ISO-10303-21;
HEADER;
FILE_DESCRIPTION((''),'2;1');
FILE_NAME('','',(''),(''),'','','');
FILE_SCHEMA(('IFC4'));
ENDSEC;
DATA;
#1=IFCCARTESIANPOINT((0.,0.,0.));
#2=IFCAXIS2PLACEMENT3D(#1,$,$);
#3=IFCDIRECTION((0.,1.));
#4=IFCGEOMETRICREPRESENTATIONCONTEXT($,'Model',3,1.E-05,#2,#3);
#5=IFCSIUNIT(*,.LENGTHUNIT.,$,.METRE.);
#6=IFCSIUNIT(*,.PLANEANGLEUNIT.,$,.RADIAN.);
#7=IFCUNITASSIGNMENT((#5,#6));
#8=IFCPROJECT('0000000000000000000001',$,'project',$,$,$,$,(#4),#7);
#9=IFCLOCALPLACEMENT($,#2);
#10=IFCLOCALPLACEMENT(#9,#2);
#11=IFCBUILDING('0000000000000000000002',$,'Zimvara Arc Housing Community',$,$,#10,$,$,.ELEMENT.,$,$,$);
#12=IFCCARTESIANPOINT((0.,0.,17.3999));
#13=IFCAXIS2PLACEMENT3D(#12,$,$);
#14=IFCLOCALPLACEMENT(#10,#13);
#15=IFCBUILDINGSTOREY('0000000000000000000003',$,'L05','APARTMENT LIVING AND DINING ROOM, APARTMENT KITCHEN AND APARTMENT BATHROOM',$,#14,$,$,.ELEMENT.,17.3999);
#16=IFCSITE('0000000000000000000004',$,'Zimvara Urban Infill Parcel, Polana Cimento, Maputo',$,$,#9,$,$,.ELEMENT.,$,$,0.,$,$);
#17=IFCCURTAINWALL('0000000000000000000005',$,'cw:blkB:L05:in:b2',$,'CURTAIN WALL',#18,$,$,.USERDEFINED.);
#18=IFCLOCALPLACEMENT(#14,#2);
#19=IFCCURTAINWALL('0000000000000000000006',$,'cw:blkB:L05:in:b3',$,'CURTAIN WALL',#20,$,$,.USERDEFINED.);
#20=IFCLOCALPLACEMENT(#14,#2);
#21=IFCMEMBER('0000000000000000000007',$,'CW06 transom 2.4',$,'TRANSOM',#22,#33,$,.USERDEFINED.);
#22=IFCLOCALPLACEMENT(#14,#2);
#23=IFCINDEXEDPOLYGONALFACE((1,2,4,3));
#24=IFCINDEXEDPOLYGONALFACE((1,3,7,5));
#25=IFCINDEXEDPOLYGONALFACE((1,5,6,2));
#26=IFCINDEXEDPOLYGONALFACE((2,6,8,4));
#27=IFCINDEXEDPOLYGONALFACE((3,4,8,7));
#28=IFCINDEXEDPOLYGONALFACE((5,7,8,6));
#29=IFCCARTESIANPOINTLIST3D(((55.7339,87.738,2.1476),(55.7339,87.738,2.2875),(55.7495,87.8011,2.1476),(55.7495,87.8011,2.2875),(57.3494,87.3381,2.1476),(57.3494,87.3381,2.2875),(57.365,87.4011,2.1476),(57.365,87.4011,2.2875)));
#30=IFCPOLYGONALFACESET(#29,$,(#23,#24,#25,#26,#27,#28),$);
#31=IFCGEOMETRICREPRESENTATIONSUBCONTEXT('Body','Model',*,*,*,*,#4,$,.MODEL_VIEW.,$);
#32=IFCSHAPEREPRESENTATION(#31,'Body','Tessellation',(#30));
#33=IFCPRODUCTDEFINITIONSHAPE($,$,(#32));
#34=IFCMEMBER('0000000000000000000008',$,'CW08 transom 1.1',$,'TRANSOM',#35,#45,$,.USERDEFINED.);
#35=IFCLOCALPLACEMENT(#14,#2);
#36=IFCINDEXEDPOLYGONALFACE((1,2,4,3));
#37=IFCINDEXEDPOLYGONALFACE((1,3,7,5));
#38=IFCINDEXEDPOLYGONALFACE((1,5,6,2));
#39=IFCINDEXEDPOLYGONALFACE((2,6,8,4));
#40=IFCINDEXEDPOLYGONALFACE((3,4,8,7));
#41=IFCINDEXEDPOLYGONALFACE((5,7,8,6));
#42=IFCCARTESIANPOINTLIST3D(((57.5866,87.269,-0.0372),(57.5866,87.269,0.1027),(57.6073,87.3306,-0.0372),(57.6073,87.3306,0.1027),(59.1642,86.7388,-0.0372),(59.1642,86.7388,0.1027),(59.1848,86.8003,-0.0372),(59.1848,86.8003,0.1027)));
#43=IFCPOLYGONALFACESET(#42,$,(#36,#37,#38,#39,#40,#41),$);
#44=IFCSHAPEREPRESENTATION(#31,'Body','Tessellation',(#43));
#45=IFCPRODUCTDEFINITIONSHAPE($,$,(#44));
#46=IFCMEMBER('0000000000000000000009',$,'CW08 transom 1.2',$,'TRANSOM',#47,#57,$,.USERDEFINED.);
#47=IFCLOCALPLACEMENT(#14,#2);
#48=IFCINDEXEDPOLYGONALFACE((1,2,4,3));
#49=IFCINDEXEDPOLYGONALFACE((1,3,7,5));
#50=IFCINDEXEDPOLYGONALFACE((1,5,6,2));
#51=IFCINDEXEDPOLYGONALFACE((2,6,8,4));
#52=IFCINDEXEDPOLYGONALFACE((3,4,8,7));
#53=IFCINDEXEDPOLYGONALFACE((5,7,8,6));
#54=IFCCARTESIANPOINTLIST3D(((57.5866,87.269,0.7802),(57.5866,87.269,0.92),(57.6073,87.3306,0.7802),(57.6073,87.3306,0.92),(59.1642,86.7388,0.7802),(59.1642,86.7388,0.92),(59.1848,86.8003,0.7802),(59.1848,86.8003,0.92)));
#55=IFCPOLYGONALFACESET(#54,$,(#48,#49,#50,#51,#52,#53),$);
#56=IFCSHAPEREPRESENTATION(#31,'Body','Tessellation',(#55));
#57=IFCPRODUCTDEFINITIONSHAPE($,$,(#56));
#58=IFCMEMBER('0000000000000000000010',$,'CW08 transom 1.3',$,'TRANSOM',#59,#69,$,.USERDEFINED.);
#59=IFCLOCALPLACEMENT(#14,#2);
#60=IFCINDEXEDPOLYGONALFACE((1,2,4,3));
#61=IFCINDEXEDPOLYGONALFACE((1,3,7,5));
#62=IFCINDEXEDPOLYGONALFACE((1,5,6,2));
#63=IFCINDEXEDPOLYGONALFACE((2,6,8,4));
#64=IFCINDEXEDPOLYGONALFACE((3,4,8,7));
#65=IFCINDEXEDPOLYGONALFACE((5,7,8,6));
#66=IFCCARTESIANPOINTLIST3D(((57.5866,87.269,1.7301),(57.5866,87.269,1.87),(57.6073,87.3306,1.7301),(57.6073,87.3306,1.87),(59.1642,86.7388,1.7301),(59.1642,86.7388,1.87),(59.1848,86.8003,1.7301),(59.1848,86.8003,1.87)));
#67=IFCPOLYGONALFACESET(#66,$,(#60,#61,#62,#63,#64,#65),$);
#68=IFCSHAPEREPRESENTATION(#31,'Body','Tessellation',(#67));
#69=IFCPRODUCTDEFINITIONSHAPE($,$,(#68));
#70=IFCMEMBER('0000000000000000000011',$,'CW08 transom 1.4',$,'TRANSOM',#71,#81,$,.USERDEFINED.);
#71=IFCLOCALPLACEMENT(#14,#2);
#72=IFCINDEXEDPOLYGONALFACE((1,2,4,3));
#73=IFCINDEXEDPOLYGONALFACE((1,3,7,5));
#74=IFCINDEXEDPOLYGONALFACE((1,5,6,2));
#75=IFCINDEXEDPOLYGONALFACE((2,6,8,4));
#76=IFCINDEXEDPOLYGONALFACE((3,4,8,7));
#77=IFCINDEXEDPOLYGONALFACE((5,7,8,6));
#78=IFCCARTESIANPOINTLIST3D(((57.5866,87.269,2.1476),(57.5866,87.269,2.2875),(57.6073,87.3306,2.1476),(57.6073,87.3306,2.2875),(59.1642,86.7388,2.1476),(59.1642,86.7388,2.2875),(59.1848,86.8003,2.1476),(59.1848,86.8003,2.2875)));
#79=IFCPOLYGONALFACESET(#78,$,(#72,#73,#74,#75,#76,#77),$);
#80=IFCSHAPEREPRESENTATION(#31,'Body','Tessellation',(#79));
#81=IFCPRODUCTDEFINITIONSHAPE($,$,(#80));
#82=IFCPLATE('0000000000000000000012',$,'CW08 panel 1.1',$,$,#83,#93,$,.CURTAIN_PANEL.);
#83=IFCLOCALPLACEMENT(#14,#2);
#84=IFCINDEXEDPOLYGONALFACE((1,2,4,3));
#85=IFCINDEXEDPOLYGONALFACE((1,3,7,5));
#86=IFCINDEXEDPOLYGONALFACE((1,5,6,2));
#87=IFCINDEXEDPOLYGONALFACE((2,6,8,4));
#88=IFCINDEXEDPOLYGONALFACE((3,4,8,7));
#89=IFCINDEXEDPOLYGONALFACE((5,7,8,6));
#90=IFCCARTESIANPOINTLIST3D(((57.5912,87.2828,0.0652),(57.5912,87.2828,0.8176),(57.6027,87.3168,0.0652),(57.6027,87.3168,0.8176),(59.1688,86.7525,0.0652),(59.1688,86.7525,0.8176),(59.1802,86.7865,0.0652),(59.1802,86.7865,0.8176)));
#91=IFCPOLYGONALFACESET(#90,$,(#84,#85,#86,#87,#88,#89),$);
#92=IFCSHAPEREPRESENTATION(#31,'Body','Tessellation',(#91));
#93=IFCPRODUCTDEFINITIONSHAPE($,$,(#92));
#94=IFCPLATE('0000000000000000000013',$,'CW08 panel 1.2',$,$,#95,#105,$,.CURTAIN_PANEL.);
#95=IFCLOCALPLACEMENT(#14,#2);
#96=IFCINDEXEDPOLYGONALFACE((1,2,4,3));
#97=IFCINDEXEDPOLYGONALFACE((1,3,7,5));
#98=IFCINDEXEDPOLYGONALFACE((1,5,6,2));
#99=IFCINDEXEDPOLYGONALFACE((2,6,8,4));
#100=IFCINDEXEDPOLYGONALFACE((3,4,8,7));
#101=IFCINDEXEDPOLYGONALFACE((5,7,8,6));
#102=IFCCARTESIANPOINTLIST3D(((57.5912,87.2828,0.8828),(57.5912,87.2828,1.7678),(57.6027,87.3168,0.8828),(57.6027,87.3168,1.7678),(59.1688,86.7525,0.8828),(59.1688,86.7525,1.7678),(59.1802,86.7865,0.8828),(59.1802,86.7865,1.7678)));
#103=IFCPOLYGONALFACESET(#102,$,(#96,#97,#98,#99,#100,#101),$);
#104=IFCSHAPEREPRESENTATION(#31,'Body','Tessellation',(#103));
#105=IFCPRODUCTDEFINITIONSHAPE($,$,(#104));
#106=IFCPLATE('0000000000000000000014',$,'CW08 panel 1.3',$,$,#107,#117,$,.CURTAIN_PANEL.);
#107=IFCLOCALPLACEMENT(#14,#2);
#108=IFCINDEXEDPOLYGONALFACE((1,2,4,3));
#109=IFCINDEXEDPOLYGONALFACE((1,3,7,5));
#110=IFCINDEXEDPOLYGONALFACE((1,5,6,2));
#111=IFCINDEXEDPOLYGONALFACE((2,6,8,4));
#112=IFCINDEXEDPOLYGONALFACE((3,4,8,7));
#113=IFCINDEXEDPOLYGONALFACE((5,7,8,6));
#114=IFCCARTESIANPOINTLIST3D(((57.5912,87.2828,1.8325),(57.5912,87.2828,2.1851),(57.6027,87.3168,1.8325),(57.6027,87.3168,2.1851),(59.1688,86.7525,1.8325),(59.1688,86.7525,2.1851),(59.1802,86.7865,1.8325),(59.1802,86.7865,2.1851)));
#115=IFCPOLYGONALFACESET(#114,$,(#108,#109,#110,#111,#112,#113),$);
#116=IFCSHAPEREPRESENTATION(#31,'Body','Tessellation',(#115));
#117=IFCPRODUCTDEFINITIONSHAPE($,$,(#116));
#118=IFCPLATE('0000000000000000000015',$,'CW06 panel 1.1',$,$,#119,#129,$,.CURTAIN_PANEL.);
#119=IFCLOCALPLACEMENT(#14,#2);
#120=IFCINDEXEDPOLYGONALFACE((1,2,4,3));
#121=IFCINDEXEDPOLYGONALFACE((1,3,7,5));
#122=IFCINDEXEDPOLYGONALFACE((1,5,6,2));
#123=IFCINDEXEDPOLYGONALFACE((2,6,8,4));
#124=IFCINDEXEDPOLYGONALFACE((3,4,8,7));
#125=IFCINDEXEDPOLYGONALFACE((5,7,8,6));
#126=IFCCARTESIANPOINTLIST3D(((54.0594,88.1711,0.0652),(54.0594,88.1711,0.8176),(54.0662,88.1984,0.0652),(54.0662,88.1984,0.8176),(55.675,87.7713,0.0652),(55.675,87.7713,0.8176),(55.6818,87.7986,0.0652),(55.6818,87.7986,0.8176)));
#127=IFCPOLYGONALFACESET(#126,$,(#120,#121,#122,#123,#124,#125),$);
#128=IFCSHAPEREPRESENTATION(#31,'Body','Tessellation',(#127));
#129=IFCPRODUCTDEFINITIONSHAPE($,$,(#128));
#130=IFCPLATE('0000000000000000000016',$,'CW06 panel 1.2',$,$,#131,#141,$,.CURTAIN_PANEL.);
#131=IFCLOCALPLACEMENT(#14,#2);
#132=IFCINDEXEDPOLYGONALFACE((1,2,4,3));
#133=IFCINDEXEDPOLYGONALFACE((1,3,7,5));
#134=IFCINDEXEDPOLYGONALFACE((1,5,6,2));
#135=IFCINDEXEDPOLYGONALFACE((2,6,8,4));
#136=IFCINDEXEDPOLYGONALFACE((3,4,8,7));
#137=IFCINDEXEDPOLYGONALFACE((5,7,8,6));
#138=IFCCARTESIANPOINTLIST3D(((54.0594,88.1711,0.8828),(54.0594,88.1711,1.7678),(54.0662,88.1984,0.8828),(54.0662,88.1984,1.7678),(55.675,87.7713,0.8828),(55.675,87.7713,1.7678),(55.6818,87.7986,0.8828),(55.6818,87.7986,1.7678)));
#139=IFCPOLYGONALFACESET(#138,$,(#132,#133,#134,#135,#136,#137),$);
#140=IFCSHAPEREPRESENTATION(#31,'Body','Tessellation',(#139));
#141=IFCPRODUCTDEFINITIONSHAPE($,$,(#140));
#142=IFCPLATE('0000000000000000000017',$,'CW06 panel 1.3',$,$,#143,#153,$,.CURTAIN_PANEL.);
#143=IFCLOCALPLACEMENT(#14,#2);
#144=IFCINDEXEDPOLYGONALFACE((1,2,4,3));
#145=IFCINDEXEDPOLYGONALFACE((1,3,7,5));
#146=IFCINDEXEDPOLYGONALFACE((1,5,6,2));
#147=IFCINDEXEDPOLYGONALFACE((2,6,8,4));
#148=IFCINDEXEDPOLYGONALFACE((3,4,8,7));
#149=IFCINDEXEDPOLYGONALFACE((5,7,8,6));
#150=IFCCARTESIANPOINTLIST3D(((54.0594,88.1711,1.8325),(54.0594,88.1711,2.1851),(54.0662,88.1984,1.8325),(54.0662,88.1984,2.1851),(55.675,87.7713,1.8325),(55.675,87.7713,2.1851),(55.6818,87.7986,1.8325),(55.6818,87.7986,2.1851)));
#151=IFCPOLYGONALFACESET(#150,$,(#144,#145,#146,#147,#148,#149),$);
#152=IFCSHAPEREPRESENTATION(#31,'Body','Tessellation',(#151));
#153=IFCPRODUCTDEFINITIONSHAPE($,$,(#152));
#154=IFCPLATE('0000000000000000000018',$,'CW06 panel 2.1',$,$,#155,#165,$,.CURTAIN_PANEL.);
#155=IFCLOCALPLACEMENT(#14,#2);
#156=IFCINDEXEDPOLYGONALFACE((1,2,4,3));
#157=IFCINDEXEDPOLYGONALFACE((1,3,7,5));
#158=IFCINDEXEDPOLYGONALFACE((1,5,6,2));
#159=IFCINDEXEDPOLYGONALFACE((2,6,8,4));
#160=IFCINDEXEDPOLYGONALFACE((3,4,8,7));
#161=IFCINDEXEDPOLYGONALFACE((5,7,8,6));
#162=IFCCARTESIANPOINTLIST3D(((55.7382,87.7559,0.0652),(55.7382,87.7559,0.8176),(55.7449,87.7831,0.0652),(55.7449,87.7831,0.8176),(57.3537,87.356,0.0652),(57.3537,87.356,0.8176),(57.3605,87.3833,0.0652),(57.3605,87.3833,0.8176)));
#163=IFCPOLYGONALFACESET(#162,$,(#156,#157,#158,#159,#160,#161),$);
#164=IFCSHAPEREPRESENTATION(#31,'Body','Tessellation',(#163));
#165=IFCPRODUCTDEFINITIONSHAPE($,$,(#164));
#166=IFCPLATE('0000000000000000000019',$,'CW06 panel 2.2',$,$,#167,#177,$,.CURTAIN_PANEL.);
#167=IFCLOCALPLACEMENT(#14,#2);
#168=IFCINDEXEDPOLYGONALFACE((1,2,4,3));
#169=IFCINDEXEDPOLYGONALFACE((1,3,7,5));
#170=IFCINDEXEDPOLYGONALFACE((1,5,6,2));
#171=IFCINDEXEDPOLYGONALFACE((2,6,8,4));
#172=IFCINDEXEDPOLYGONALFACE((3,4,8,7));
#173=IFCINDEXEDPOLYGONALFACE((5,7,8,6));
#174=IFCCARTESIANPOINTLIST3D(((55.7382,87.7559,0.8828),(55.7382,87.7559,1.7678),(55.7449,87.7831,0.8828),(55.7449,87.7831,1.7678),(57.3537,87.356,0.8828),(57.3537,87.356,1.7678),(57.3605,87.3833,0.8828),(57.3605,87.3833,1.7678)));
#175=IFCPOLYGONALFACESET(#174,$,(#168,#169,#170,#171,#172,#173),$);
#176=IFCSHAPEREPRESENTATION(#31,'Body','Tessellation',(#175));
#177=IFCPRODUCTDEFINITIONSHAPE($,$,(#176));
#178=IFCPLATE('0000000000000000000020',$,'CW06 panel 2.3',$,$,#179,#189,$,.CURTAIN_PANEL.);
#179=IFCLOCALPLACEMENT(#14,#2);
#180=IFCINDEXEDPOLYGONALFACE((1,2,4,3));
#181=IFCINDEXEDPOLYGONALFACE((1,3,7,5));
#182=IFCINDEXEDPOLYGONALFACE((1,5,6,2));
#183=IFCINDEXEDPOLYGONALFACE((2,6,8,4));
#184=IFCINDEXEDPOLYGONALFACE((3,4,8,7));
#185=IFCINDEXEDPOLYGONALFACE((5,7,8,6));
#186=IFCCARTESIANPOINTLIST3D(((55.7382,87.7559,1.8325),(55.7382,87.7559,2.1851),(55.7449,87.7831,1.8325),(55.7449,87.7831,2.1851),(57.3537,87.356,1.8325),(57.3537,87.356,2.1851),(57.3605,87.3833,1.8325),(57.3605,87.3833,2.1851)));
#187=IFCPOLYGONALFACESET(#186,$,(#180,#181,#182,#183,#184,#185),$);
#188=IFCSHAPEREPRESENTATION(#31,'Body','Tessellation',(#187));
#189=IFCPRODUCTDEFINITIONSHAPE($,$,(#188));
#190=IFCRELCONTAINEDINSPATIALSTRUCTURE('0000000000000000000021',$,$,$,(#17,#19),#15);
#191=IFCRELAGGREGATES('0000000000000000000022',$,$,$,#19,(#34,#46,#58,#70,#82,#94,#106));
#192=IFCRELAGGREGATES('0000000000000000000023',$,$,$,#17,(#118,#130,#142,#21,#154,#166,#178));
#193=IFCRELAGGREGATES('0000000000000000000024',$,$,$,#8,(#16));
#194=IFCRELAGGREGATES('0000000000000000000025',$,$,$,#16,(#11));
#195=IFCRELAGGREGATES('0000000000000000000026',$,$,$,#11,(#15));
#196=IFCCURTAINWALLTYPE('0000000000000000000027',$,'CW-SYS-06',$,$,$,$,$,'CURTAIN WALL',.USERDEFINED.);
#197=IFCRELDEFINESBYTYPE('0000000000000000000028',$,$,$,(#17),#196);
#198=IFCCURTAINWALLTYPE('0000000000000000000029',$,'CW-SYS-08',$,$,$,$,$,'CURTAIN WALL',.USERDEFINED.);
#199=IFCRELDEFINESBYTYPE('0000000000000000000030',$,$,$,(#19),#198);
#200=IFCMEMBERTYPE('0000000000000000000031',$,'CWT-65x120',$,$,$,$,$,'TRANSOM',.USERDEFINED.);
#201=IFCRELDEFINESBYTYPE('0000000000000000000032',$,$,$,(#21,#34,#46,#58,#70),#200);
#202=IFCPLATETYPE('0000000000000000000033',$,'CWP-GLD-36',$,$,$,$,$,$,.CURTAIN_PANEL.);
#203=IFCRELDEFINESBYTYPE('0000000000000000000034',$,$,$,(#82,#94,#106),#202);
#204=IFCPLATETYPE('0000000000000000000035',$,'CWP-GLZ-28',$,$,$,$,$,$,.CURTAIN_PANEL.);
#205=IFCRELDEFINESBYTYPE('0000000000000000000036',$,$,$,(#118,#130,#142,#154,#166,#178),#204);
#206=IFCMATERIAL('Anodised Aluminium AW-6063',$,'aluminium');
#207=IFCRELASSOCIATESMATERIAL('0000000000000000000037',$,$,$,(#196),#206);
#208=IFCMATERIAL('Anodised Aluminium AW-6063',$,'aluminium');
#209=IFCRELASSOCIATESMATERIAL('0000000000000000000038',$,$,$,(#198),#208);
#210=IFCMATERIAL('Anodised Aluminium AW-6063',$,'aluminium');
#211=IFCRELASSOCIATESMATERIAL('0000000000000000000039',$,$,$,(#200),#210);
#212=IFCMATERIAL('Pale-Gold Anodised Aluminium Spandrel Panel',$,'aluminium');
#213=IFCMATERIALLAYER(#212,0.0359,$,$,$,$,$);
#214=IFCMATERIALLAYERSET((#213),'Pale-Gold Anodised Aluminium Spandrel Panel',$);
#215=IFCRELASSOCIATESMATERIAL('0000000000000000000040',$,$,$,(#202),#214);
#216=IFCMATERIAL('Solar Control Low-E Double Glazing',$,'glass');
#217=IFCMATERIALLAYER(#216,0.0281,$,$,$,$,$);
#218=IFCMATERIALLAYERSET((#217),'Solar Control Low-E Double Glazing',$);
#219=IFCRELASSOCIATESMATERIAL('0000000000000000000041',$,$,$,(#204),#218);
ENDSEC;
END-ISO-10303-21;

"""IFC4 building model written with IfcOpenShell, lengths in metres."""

from ifc_helpers import new_model, si_unit, direction, frame, origin, origin_2d, place, context, subcontext, project, spatial, rectangle, extrude, material, layer, layer_set, material_profile, profile_set, type_object, element, aggregate, save


model = new_model("IFC4")

# Units and contexts
model_context = context("Model", 3, precision=1e-05, world=origin(), true_north=direction((0.0, 1.0)))
body_context = subcontext(model_context, "Body", "Model", "MODEL_VIEW")
ifc_project = project(units=[si_unit("LENGTHUNIT", "METRE"), si_unit("PLANEANGLEUNIT", "RADIAN")], contexts=[model_context])

# Site, building, storey
site_placement = place(None, origin())
site = spatial("IfcSite", under=ifc_project, at=site_placement, Name="Zimvara Urban Infill Parcel, Polana Cimento, Maputo", CompositionType="ELEMENT", RefElevation=0.0)
building_placement = place(site_placement, origin())
building = spatial("IfcBuilding", under=site, at=building_placement, Name="Zimvara Arc Housing Community", CompositionType="ELEMENT")
storey_placement = place(building_placement, frame((0.0, 0.0, 17.3999)))
storey = spatial("IfcBuildingStorey", under=building, at=storey_placement, Name="L05", Description="APARTMENT LIVING AND DINING ROOM, APARTMENT KITCHEN AND APARTMENT BATHROOM", CompositionType="ELEMENT", Elevation=17.3999)

# Curtain wall
ifc_material_1 = material(Name="Anodised Aluminium AW-6063", Category="aluminium")
curtain_wall_type_1 = type_object("IfcCurtainWallType", Name="CW-SYS-06", ElementType="CURTAIN WALL", PredefinedType="USERDEFINED", material=ifc_material_1)
curtain_wall_1_placement = place(storey_placement, origin())
curtain_wall_1 = element("IfcCurtainWall", 1, at=curtain_wall_1_placement, inside=storey, type_object=curtain_wall_type_1, Name="cw:blkB:L05:in:b2", ObjectType="CURTAIN WALL", PredefinedType="USERDEFINED")

# Curtain wall
ifc_material_2 = material(Name="Anodised Aluminium AW-6063", Category="aluminium")
curtain_wall_type_2 = type_object("IfcCurtainWallType", Name="CW-SYS-08", ElementType="CURTAIN WALL", PredefinedType="USERDEFINED", material=ifc_material_2)
curtain_wall_2_placement = place(storey_placement, origin())
curtain_wall_2 = element("IfcCurtainWall", 2, at=curtain_wall_2_placement, inside=storey, type_object=curtain_wall_type_2, Name="cw:blkB:L05:in:b3", ObjectType="CURTAIN WALL", PredefinedType="USERDEFINED")

# Members
ifc_material_3 = material(Name="Anodised Aluminium AW-6063", Category="aluminium")
ifc_material_profile_1 = material_profile(ifc_material_3, rectangle(XDim=0.0649, YDim=0.1399, at=origin_2d()), Name="ALU 65x140")
ifc_profile_set_1 = profile_set([ifc_material_profile_1], Name="Anodised Aluminium AW-6063")
member_type_1 = type_object("IfcMemberType", Name="CWT-65x120", ElementType="TRANSOM", PredefinedType="USERDEFINED", material=ifc_profile_set_1)
member_1_placement = place(storey_placement, frame((55.7417, 87.7695, 2.2175), z_axis=(0.970701, -0.240291, 0.0), x_axis=(0.240291, 0.970701, 0.0)))
member_1 = element("IfcMember", 3, at=member_1_placement, type_object=member_type_1, Name="CW06 transom 2.4", ObjectType="TRANSOM", PredefinedType="USERDEFINED", context=body_context, shape_type="SweptSolid", body=[
    extrude(rectangle(XDim=0.0649, YDim=0.1399, at=origin_2d()), origin(), (0.0, 0.0, 1.0), 1.6643),
])
member_2_placement = place(storey_placement, frame((57.5969, 87.2998, 0.0327), z_axis=(0.947888, -0.318603, 0.0), x_axis=(0.318603, 0.947888, 0.0)))
member_2 = element("IfcMember", 4, at=member_2_placement, type_object=member_type_1, Name="CW08 transom 1.1", ObjectType="TRANSOM", PredefinedType="USERDEFINED", context=body_context, shape_type="SweptSolid", body=[
    extrude(rectangle(XDim=0.0649, YDim=0.1399, at=origin_2d()), origin(), (0.0, 0.0, 1.0), 1.6643),
])
member_3_placement = place(storey_placement, frame((57.5969, 87.2998, 0.8501), z_axis=(0.947888, -0.318603, 0.0), x_axis=(0.318603, 0.947888, 0.0)))
member_3 = element("IfcMember", 5, at=member_3_placement, type_object=member_type_1, Name="CW08 transom 1.2", ObjectType="TRANSOM", PredefinedType="USERDEFINED", context=body_context, shape_type="SweptSolid", body=[
    extrude(rectangle(XDim=0.0649, YDim=0.1399, at=origin_2d()), origin(), (0.0, 0.0, 1.0), 1.6643),
])
member_4_placement = place(storey_placement, frame((57.5969, 87.2998, 1.8), z_axis=(0.947888, -0.318603, 0.0), x_axis=(0.318603, 0.947888, 0.0)))
member_4 = element("IfcMember", 6, at=member_4_placement, type_object=member_type_1, Name="CW08 transom 1.3", ObjectType="TRANSOM", PredefinedType="USERDEFINED", context=body_context, shape_type="SweptSolid", body=[
    extrude(rectangle(XDim=0.0649, YDim=0.1399, at=origin_2d()), origin(), (0.0, 0.0, 1.0), 1.6643),
])
member_5_placement = place(storey_placement, frame((57.5969, 87.2998, 2.2175), z_axis=(0.947888, -0.318603, 0.0), x_axis=(0.318603, 0.947888, 0.0)))
member_5 = element("IfcMember", 7, at=member_5_placement, type_object=member_type_1, Name="CW08 transom 1.4", ObjectType="TRANSOM", PredefinedType="USERDEFINED", context=body_context, shape_type="SweptSolid", body=[
    extrude(rectangle(XDim=0.0649, YDim=0.1399, at=origin_2d()), origin(), (0.0, 0.0, 1.0), 1.6643),
])

# Plates
ifc_material_4 = material(Name="Pale-Gold Anodised Aluminium Spandrel Panel", Category="aluminium")
ifc_layer_1 = layer(ifc_material_4, 0.0359)
ifc_layer_set_1 = layer_set([ifc_layer_1], Name="Pale-Gold Anodised Aluminium Spandrel Panel")
plate_type_1 = type_object("IfcPlateType", Name="CWP-GLD-36", PredefinedType="CURTAIN_PANEL", material=ifc_layer_set_1)
plate_1_placement = place(storey_placement, frame((58.3857, 87.0347, 0.0652), z_axis=(0.0, 0.0, 1.0), x_axis=(0.947879, -0.31863, 0.0)))
plate_1 = element("IfcPlate", 8, at=plate_1_placement, type_object=plate_type_1, Name="CW08 panel 1.1", PredefinedType="CURTAIN_PANEL", context=body_context, shape_type="SweptSolid", body=[
    extrude(rectangle(XDim=1.6643, YDim=0.0359, at=origin_2d()), origin(), (0.0, 0.0, 1.0), 0.7524),
])
plate_2_placement = place(storey_placement, frame((58.3857, 87.0347, 0.8828), z_axis=(0.0, 0.0, 1.0), x_axis=(0.947879, -0.31863, 0.0)))
plate_2 = element("IfcPlate", 9, at=plate_2_placement, type_object=plate_type_1, Name="CW08 panel 1.2", PredefinedType="CURTAIN_PANEL", context=body_context, shape_type="SweptSolid", body=[
    extrude(rectangle(XDim=1.6643, YDim=0.0359, at=origin_2d()), origin(), (0.0, 0.0, 1.0), 0.885),
])
plate_3_placement = place(storey_placement, frame((58.3857, 87.0347, 1.8325), z_axis=(0.0, 0.0, 1.0), x_axis=(0.947879, -0.31863, 0.0)))
plate_3 = element("IfcPlate", 10, at=plate_3_placement, type_object=plate_type_1, Name="CW08 panel 1.3", PredefinedType="CURTAIN_PANEL", context=body_context, shape_type="SweptSolid", body=[
    extrude(rectangle(XDim=1.6643, YDim=0.0359, at=origin_2d()), origin(), (0.0, 0.0, 1.0), 0.3525),
])
aggregate(curtain_wall_2, [member_2, member_3, member_4, member_5, plate_1, plate_2, plate_3])
ifc_material_5 = material(Name="Solar Control Low-E Double Glazing", Category="glass")
ifc_layer_2 = layer(ifc_material_5, 0.0281)
ifc_layer_set_2 = layer_set([ifc_layer_2], Name="Solar Control Low-E Double Glazing")
plate_type_2 = type_object("IfcPlateType", Name="CWP-GLZ-28", PredefinedType="CURTAIN_PANEL", material=ifc_layer_set_2)
plate_4_placement = place(storey_placement, frame((54.8706, 87.9849, 0.0652), z_axis=(0.0, 0.0, 1.0), x_axis=(0.970717, -0.240228, 0.0)))
plate_4 = element("IfcPlate", 11, at=plate_4_placement, type_object=plate_type_2, Name="CW06 panel 1.1", PredefinedType="CURTAIN_PANEL", context=body_context, shape_type="SweptSolid", body=[
    extrude(rectangle(XDim=1.6643, YDim=0.0281, at=origin_2d()), origin(), (0.0, 0.0, 1.0), 0.7524),
])
plate_5_placement = place(storey_placement, frame((54.8706, 87.9849, 0.8828), z_axis=(0.0, 0.0, 1.0), x_axis=(0.970717, -0.240228, 0.0)))
plate_5 = element("IfcPlate", 12, at=plate_5_placement, type_object=plate_type_2, Name="CW06 panel 1.2", PredefinedType="CURTAIN_PANEL", context=body_context, shape_type="SweptSolid", body=[
    extrude(rectangle(XDim=1.6643, YDim=0.0281, at=origin_2d()), origin(), (0.0, 0.0, 1.0), 0.885),
])
plate_6_placement = place(storey_placement, frame((54.8706, 87.9849, 1.8325), z_axis=(0.0, 0.0, 1.0), x_axis=(0.970717, -0.240228, 0.0)))
plate_6 = element("IfcPlate", 13, at=plate_6_placement, type_object=plate_type_2, Name="CW06 panel 1.3", PredefinedType="CURTAIN_PANEL", context=body_context, shape_type="SweptSolid", body=[
    extrude(rectangle(XDim=1.6643, YDim=0.0281, at=origin_2d()), origin(), (0.0, 0.0, 1.0), 0.3525),
])
plate_7_placement = place(storey_placement, frame((56.5493, 87.5696, 0.0652), z_axis=(0.0, 0.0, 1.0), x_axis=(0.970717, -0.240228, 0.0)))
plate_7 = element("IfcPlate", 14, at=plate_7_placement, type_object=plate_type_2, Name="CW06 panel 2.1", PredefinedType="CURTAIN_PANEL", context=body_context, shape_type="SweptSolid", body=[
    extrude(rectangle(XDim=1.6643, YDim=0.0281, at=origin_2d()), origin(), (0.0, 0.0, 1.0), 0.7524),
])
plate_8_placement = place(storey_placement, frame((56.5493, 87.5696, 0.8828), z_axis=(0.0, 0.0, 1.0), x_axis=(0.970717, -0.240228, 0.0)))
plate_8 = element("IfcPlate", 15, at=plate_8_placement, type_object=plate_type_2, Name="CW06 panel 2.2", PredefinedType="CURTAIN_PANEL", context=body_context, shape_type="SweptSolid", body=[
    extrude(rectangle(XDim=1.6643, YDim=0.0281, at=origin_2d()), origin(), (0.0, 0.0, 1.0), 0.885),
])
plate_9_placement = place(storey_placement, frame((56.5493, 87.5696, 1.8325), z_axis=(0.0, 0.0, 1.0), x_axis=(0.970717, -0.240228, 0.0)))
plate_9 = element("IfcPlate", 16, at=plate_9_placement, type_object=plate_type_2, Name="CW06 panel 2.3", PredefinedType="CURTAIN_PANEL", context=body_context, shape_type="SweptSolid", body=[
    extrude(rectangle(XDim=1.6643, YDim=0.0281, at=origin_2d()), origin(), (0.0, 0.0, 1.0), 0.3525),
])
aggregate(curtain_wall_1, [plate_4, plate_5, plate_6, member_1, plate_7, plate_8, plate_9])

save(model, "model.ifc")
